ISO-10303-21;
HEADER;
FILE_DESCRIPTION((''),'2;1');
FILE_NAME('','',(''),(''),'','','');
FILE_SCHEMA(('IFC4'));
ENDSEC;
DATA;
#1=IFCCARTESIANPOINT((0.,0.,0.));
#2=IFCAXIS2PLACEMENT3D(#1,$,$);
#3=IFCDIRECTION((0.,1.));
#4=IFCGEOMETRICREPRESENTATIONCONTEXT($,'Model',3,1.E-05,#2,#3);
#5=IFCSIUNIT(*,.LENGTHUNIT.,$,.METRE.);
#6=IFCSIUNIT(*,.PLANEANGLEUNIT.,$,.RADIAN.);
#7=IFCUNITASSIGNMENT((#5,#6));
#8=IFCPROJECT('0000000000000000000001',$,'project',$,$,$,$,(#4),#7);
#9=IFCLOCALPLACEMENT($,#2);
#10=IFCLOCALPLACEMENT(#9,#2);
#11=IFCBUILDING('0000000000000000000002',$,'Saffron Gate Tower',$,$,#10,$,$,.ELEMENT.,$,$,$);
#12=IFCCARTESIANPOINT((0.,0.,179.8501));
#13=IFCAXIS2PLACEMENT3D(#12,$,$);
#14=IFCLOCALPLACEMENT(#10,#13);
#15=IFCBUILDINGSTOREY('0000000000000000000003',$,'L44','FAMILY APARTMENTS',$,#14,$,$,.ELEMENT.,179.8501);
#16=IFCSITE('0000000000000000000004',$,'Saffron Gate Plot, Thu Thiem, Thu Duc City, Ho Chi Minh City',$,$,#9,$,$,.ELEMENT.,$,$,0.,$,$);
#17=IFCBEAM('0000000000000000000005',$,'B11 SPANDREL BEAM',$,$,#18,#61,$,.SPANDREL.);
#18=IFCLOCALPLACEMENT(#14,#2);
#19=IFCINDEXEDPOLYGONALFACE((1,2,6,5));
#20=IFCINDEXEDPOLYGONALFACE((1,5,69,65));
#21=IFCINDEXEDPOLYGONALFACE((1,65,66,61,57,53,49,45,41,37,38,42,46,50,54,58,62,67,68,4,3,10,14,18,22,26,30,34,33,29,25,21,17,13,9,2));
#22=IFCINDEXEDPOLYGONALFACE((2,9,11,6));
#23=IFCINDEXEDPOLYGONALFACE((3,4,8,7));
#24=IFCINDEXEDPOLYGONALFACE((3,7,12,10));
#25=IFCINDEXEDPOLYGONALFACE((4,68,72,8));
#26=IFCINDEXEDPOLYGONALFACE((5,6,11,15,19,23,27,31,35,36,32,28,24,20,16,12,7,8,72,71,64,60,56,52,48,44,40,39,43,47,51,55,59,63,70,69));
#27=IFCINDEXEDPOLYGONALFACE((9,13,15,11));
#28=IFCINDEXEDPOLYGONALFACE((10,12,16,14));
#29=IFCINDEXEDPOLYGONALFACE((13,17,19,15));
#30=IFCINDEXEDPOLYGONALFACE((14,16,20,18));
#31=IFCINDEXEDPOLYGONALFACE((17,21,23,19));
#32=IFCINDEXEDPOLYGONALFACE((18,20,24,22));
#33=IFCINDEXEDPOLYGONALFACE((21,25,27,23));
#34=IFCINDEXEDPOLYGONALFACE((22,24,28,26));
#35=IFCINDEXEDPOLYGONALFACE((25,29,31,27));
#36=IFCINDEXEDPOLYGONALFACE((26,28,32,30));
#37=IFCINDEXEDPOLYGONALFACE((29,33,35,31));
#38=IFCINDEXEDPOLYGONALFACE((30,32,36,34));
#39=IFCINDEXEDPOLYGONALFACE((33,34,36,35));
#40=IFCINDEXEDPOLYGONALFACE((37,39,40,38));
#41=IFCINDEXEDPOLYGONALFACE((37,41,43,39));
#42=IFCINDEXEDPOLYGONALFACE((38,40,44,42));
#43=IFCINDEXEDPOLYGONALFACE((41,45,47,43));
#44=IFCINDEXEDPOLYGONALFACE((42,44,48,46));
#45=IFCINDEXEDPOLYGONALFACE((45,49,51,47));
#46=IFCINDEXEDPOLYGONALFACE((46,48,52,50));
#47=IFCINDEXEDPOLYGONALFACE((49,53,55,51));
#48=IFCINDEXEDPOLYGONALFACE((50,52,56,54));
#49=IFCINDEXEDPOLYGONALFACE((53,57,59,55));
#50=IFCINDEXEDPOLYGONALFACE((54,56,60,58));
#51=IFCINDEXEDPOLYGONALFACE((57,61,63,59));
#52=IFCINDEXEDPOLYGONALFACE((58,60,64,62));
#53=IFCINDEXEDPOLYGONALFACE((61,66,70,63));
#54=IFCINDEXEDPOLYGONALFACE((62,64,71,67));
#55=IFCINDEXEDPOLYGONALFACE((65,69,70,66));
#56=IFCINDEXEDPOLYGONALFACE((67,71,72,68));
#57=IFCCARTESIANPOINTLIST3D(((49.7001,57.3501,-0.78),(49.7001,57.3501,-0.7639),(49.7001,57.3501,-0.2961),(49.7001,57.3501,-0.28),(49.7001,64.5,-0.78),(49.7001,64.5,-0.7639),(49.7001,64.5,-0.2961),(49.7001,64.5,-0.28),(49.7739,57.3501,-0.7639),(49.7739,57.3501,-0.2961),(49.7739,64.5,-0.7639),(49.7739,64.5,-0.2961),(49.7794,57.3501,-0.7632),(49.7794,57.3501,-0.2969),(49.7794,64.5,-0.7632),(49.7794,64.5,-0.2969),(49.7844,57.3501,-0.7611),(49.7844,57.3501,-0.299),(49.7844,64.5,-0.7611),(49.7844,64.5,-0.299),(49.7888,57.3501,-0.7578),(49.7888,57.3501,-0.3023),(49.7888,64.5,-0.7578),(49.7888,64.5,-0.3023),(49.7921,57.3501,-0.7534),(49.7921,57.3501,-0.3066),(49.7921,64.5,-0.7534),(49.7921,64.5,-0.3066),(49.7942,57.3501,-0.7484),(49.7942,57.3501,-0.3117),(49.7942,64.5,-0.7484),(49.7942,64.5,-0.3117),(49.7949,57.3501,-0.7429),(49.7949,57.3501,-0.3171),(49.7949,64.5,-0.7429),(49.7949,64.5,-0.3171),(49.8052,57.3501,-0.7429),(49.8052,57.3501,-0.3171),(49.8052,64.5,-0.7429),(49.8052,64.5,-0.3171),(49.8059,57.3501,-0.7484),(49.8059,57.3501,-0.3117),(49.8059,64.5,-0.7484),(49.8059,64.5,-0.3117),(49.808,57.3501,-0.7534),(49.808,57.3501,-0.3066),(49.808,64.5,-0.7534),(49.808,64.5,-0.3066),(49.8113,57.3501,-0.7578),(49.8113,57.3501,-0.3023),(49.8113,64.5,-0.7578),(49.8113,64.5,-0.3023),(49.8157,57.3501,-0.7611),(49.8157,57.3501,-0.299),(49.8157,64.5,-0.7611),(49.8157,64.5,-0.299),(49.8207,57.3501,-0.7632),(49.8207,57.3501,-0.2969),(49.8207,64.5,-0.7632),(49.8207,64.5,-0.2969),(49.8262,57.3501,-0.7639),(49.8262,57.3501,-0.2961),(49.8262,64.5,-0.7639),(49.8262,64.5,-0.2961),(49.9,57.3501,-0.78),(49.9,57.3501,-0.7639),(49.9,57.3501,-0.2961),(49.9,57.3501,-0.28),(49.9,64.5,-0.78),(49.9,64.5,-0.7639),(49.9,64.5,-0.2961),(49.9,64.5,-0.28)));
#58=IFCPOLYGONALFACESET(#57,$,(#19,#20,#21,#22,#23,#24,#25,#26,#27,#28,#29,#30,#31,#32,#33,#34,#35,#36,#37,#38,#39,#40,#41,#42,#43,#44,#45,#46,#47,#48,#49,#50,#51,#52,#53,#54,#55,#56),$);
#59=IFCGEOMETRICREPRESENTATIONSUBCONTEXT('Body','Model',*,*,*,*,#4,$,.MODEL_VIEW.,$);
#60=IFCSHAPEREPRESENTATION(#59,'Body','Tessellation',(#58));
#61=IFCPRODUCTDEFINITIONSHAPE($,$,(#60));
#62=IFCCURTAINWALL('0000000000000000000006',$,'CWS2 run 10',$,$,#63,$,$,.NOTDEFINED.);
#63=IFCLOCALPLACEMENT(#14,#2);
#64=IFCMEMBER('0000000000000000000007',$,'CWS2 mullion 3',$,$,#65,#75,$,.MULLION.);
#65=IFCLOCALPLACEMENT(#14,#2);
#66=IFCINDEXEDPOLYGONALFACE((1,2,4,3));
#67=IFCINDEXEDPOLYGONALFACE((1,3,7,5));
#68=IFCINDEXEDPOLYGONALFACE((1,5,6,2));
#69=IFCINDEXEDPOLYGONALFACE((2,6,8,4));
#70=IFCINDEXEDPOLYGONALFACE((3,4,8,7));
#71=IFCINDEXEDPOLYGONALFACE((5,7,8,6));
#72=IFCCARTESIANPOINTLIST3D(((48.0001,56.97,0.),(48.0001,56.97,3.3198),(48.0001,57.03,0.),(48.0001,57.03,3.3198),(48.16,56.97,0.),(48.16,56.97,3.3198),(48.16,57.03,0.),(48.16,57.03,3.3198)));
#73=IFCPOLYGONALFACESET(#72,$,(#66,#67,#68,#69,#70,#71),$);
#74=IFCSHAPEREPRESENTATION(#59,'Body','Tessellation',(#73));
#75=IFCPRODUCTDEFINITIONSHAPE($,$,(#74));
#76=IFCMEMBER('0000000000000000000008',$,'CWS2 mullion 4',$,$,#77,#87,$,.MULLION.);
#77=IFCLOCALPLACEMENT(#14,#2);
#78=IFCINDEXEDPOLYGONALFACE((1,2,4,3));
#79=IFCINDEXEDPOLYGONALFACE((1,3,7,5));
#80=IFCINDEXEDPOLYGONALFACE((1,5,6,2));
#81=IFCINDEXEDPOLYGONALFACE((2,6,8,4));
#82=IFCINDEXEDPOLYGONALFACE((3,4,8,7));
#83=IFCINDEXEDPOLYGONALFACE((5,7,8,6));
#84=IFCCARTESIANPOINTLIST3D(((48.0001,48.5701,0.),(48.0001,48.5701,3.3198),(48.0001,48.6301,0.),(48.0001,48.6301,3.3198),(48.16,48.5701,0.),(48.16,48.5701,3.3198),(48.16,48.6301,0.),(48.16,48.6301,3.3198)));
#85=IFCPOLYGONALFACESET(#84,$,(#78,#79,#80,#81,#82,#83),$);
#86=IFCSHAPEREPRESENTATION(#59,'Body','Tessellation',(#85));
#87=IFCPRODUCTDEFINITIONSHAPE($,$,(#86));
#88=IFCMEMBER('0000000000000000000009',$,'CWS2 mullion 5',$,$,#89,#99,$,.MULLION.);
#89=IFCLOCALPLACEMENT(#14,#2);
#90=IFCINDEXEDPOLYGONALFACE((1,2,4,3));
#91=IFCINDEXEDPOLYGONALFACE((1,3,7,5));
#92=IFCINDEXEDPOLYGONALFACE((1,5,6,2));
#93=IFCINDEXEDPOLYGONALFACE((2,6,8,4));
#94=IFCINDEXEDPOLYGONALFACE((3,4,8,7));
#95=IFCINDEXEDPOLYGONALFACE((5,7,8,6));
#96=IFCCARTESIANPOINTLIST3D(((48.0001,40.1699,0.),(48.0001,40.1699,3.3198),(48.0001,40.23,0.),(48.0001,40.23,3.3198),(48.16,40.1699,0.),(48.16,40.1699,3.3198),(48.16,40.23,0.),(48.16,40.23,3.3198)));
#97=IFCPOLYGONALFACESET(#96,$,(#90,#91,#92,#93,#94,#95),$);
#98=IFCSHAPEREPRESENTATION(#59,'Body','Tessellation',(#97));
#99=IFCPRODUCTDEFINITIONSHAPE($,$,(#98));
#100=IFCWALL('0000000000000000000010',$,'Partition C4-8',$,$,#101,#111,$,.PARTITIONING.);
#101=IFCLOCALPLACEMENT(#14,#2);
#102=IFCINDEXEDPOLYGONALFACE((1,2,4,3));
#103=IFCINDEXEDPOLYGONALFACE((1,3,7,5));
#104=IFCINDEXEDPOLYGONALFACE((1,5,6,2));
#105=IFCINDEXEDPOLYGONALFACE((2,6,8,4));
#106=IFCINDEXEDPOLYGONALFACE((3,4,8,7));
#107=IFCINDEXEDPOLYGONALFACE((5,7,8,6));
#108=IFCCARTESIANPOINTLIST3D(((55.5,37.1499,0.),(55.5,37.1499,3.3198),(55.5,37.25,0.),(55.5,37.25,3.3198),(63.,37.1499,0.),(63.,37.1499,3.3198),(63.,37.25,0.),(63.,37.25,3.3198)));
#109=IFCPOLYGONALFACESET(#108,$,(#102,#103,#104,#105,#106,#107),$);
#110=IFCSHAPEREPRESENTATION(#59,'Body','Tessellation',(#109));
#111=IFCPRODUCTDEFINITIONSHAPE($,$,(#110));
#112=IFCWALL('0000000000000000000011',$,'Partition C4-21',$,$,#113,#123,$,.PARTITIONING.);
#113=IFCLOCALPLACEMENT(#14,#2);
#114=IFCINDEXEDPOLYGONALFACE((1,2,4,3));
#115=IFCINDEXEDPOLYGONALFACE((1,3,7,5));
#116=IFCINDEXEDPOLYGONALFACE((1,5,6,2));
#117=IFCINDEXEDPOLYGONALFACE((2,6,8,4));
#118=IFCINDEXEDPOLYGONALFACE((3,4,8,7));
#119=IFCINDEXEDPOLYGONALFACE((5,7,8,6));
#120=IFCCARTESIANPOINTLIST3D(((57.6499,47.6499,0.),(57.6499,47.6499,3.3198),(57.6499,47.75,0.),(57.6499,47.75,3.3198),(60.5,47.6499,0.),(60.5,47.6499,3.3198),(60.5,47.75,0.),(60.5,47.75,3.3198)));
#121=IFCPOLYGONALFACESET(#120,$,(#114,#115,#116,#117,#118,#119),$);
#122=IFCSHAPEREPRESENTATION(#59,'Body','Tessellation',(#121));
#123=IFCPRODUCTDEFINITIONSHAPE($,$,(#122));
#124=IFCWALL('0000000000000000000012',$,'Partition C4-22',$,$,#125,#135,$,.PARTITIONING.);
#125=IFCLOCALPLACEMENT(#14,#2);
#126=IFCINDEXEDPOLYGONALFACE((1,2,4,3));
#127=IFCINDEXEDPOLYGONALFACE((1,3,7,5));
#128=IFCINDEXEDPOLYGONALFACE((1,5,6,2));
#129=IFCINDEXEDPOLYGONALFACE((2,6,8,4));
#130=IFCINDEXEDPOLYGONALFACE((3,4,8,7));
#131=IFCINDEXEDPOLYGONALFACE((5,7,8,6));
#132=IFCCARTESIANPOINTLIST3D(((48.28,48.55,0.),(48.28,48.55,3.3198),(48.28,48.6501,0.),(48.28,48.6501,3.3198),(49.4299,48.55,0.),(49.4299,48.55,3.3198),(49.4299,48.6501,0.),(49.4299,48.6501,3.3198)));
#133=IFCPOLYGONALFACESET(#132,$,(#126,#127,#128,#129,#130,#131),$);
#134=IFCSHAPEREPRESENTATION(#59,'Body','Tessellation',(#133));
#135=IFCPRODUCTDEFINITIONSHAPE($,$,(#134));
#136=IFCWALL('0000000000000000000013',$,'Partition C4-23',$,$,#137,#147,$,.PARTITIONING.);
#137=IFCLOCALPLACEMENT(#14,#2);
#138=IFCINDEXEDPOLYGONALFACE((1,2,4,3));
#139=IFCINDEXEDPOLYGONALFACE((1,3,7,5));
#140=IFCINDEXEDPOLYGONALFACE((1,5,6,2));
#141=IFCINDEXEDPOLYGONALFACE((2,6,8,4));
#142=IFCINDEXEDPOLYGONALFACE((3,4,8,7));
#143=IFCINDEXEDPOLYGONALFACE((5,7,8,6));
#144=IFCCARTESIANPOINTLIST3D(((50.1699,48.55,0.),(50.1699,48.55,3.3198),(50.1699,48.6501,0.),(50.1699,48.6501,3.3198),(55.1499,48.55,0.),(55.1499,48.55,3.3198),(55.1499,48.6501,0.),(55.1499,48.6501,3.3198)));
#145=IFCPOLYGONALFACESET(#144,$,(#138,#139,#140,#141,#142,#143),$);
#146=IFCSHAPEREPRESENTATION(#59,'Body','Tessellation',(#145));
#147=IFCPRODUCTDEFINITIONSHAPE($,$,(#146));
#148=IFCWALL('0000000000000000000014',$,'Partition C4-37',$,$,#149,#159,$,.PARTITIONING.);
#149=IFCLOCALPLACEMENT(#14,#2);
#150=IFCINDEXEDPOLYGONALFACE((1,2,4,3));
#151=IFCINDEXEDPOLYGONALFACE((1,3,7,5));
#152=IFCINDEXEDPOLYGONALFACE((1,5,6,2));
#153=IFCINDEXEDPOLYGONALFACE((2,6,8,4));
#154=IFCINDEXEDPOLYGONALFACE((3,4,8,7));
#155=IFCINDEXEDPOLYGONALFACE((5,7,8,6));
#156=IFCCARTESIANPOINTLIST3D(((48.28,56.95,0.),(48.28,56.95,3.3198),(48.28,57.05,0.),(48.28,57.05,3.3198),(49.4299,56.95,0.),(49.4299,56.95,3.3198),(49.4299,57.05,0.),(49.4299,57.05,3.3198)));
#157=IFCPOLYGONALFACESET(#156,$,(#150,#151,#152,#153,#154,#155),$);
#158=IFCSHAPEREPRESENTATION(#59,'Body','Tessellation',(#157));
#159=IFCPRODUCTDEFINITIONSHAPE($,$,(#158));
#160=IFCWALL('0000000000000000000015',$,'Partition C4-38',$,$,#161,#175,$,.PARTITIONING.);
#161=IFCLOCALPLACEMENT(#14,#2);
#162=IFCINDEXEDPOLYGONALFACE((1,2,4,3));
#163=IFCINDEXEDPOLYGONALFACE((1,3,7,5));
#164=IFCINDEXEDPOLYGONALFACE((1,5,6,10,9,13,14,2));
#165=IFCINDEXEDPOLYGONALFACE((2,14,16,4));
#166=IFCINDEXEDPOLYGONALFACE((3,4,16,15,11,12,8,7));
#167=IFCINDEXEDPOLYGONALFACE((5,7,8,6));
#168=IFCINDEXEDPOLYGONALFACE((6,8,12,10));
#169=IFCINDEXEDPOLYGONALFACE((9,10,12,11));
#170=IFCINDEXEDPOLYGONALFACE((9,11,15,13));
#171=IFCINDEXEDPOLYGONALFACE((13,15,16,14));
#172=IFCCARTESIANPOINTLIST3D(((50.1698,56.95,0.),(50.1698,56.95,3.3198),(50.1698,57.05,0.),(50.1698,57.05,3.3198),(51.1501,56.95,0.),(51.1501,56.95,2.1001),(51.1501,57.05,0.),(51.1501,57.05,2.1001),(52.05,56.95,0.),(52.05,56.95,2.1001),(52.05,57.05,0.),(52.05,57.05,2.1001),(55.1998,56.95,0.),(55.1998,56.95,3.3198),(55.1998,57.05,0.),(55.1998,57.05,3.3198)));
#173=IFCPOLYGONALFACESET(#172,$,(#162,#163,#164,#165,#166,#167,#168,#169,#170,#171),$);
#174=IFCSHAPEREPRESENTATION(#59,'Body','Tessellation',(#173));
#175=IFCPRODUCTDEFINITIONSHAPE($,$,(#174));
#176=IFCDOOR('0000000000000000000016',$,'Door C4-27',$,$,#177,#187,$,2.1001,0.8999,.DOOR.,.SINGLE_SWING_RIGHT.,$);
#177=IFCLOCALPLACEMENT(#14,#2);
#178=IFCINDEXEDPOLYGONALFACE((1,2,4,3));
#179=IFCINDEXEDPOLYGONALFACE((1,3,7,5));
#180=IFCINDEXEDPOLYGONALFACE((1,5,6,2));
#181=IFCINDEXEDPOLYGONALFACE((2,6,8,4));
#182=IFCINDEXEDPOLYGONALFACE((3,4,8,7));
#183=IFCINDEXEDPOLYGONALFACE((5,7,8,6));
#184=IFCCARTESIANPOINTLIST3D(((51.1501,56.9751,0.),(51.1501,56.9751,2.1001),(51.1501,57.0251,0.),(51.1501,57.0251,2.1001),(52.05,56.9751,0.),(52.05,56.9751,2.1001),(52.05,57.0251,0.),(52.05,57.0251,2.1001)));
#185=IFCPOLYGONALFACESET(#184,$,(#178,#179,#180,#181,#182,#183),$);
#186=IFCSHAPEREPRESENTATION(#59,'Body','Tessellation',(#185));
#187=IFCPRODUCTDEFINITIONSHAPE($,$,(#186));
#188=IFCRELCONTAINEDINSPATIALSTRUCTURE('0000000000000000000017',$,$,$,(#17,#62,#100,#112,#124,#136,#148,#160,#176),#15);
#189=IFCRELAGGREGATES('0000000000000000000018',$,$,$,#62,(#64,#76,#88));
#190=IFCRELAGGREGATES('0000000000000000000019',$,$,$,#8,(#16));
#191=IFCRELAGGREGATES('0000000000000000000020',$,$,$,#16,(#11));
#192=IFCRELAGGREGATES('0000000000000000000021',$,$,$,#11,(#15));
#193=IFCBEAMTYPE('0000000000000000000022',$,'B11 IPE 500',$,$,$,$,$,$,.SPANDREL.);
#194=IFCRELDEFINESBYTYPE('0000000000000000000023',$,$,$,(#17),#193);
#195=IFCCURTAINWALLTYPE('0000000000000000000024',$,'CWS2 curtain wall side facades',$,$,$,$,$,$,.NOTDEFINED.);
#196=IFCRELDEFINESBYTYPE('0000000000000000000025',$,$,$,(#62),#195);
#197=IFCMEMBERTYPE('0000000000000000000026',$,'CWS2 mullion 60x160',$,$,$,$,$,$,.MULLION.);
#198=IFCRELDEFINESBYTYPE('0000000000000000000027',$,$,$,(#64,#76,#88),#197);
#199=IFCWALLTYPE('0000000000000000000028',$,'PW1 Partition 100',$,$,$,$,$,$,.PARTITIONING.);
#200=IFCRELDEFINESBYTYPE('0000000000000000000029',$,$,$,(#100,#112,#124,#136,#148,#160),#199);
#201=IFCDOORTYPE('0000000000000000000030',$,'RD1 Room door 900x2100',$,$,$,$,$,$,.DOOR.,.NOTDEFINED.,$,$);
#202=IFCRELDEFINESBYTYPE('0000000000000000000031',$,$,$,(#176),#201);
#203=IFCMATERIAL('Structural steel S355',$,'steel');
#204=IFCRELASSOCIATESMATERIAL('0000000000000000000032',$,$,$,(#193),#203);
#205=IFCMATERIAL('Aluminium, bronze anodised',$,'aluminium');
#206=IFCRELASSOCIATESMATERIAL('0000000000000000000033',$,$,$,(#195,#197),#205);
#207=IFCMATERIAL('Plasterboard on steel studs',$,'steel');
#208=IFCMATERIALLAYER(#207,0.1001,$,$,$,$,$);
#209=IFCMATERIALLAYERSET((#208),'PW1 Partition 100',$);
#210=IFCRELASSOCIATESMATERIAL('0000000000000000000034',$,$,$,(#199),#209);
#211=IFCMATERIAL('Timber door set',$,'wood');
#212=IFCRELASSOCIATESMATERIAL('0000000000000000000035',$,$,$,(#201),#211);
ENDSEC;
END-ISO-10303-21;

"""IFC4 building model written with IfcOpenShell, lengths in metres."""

from ifc_helpers import new_model, si_unit, direction, frame, frame_2d, origin, origin_2d, place, context, subcontext, project, spatial, rectangle, i_section, extrude, material, layer, layer_set, material_profile, profile_set, type_object, element, fill, aggregate, save


model = new_model("IFC4")

# Units and contexts
model_context = context("Model", 3, precision=1e-05, world=origin(), true_north=direction((0.0, 1.0)))
body_context = subcontext(model_context, "Body", "Model", "MODEL_VIEW")
ifc_project = project(units=[si_unit("LENGTHUNIT", "METRE"), si_unit("PLANEANGLEUNIT", "RADIAN")], contexts=[model_context])

# Site, building, storey
site_placement = place(None, origin())
site = spatial("IfcSite", under=ifc_project, at=site_placement, Name="Saffron Gate Plot, Thu Thiem, Thu Duc City, Ho Chi Minh City", CompositionType="ELEMENT", RefElevation=0.0)
building_placement = place(site_placement, origin())
building = spatial("IfcBuilding", under=site, at=building_placement, Name="Saffron Gate Tower", CompositionType="ELEMENT")
storey_placement = place(building_placement, frame((0.0, 0.0, 179.8501)))
storey = spatial("IfcBuildingStorey", under=building, at=storey_placement, Name="L44", Description="FAMILY APARTMENTS", CompositionType="ELEMENT", Elevation=179.8501)

# Beam
ifc_material_1 = material(Name="Structural steel S355", Category="steel")
ifc_material_profile_1 = material_profile(ifc_material_1, i_section(OverallWidth=0.2, OverallDepth=0.5, WebThickness=0.0103, FlangeThickness=0.0161, FilletRadius=0.021, at=origin_2d()))
ifc_profile_set_1 = profile_set([ifc_material_profile_1], Name="Structural steel S355")
beam_type = type_object("IfcBeamType", Name="B11 IPE 500", PredefinedType="SPANDREL", material=ifc_profile_set_1)
beam_1_placement = place(storey_placement, frame((49.8, 57.3501, -0.53), z_axis=(0.0, 1.0, 0.0), x_axis=(-1.0, 0.0, 0.0)))
element("IfcBeam", 1, at=beam_1_placement, inside=storey, type_object=beam_type, Name="B11 SPANDREL BEAM", PredefinedType="SPANDREL", context=body_context, shape_type="SweptSolid", body=[
    extrude(i_section(OverallWidth=0.2, OverallDepth=0.5, WebThickness=0.0103, FlangeThickness=0.0161, FilletRadius=0.021, at=origin_2d()), origin(), (0.0, 0.0, 1.0), 7.1499),
])

# Curtain wall, members
ifc_material_2 = material(Name="Aluminium, bronze anodised", Category="aluminium")
curtain_wall_type = type_object("IfcCurtainWallType", Name="CWS2 curtain wall side facades", PredefinedType="NOTDEFINED", material=ifc_material_2)
curtain_wall_placement = place(storey_placement, origin())
curtain_wall = element("IfcCurtainWall", 2, at=curtain_wall_placement, inside=storey, type_object=curtain_wall_type, Name="CWS2 run 10", PredefinedType="NOTDEFINED")
ifc_material_profile_2 = material_profile(ifc_material_2, rectangle(XDim=0.1599, YDim=0.0601, at=origin_2d()))
ifc_profile_set_2 = profile_set([ifc_material_profile_2], Name="Aluminium, bronze anodised")
member_type = type_object("IfcMemberType", Name="CWS2 mullion 60x160", PredefinedType="MULLION", material=ifc_profile_set_2)
member_1_placement = place(storey_placement, frame((48.0801, 57.0, 0.0), z_axis=(0.0, 0.0, 1.0), x_axis=(1.0, 0.0, 0.0)))
member_1 = element("IfcMember", 3, at=member_1_placement, type_object=member_type, Name="CWS2 mullion 3", PredefinedType="MULLION", context=body_context, shape_type="SweptSolid", body=[
    extrude(rectangle(XDim=0.1599, YDim=0.0601, at=origin_2d()), origin(), (0.0, 0.0, 1.0), 3.3198),
])
member_2_placement = place(storey_placement, frame((48.0801, 48.6001, 0.0), z_axis=(0.0, 0.0, 1.0), x_axis=(1.0, 0.0, 0.0)))
member_2 = element("IfcMember", 4, at=member_2_placement, type_object=member_type, Name="CWS2 mullion 4", PredefinedType="MULLION", context=body_context, shape_type="SweptSolid", body=[
    extrude(rectangle(XDim=0.1599, YDim=0.0601, at=origin_2d()), origin(), (0.0, 0.0, 1.0), 3.3198),
])
member_3_placement = place(storey_placement, frame((48.0801, 40.2, 0.0), z_axis=(0.0, 0.0, 1.0), x_axis=(1.0, 0.0, 0.0)))
member_3 = element("IfcMember", 5, at=member_3_placement, type_object=member_type, Name="CWS2 mullion 5", PredefinedType="MULLION", context=body_context, shape_type="SweptSolid", body=[
    extrude(rectangle(XDim=0.1599, YDim=0.0601, at=origin_2d()), origin(), (0.0, 0.0, 1.0), 3.3198),
])
aggregate(curtain_wall, [member_1, member_2, member_3])

# Walls
ifc_material_3 = material(Name="Plasterboard on steel studs", Category="steel")
ifc_layer_1 = layer(ifc_material_3, 0.1001)
ifc_layer_set_1 = layer_set([ifc_layer_1], Name="PW1 Partition 100")
wall_type_1 = type_object("IfcWallType", Name="PW1 Partition 100", PredefinedType="PARTITIONING", material=ifc_layer_set_1)
wall_1_placement = place(storey_placement, frame((55.5, 37.2, 0.0), z_axis=(0.0, 0.0, 1.0), x_axis=(1.0, 0.0, 0.0)))
element("IfcWall", 6, at=wall_1_placement, inside=storey, type_object=wall_type_1, Name="Partition C4-8", PredefinedType="PARTITIONING", context=body_context, shape_type="SweptSolid", body=[
    extrude(rectangle(XDim=7.5, YDim=0.1001, at=frame_2d((3.75, 0.0))), origin(), (0.0, 0.0, 1.0), 3.3198),
])
wall_2_placement = place(storey_placement, frame((57.6499, 47.7, 0.0), z_axis=(0.0, 0.0, 1.0), x_axis=(1.0, 0.0, 0.0)))
element("IfcWall", 7, at=wall_2_placement, inside=storey, type_object=wall_type_1, Name="Partition C4-21", PredefinedType="PARTITIONING", context=body_context, shape_type="SweptSolid", body=[
    extrude(rectangle(XDim=2.8501, YDim=0.1001, at=frame_2d((1.425, 0.0))), origin(), (0.0, 0.0, 1.0), 3.3198),
])
wall_3_placement = place(storey_placement, frame((48.28, 48.6001, 0.0), z_axis=(0.0, 0.0, 1.0), x_axis=(1.0, 0.0, 0.0)))
element("IfcWall", 8, at=wall_3_placement, inside=storey, type_object=wall_type_1, Name="Partition C4-22", PredefinedType="PARTITIONING", context=body_context, shape_type="SweptSolid", body=[
    extrude(rectangle(XDim=1.1499, YDim=0.1001, at=frame_2d((0.575, 0.0))), origin(), (0.0, 0.0, 1.0), 3.3198),
])
wall_4_placement = place(storey_placement, frame((50.1699, 48.6001, 0.0), z_axis=(0.0, 0.0, 1.0), x_axis=(1.0, 0.0, 0.0)))
element("IfcWall", 9, at=wall_4_placement, inside=storey, type_object=wall_type_1, Name="Partition C4-23", PredefinedType="PARTITIONING", context=body_context, shape_type="SweptSolid", body=[
    extrude(rectangle(XDim=4.98, YDim=0.1001, at=frame_2d((2.49, 0.0))), origin(), (0.0, 0.0, 1.0), 3.3198),
])
wall_5_placement = place(storey_placement, frame((48.28, 57.0, 0.0), z_axis=(0.0, 0.0, 1.0), x_axis=(1.0, 0.0, 0.0)))
element("IfcWall", 10, at=wall_5_placement, inside=storey, type_object=wall_type_1, Name="Partition C4-37", PredefinedType="PARTITIONING", context=body_context, shape_type="SweptSolid", body=[
    extrude(rectangle(XDim=1.1499, YDim=0.1001, at=frame_2d((0.575, 0.0))), origin(), (0.0, 0.0, 1.0), 3.3198),
])

# Wall, opening, door
wall_6_placement = place(storey_placement, frame((55.2, 57.0, 0.0), z_axis=(0.0, 0.0, 1.0), x_axis=(-1.0, 0.0, 0.0)))
wall_6 = element("IfcWall", 11, at=wall_6_placement, inside=storey, type_object=wall_type_1, Name="Partition C4-38", PredefinedType="PARTITIONING", context=body_context, shape_type="SweptSolid", body=[
    extrude(rectangle(XDim=5.03, YDim=0.1001, at=frame_2d((2.5151, 0.0))), origin(), (0.0, 0.0, 1.0), 3.3198),
])
opening_1_placement = place(wall_6_placement, frame((3.1499, 0.0, 0.0)))
opening_1 = element("IfcOpeningElement", 12, at=opening_1_placement, cuts=wall_6, PredefinedType="OPENING", context=body_context, shape_type="SweptSolid", body=[
    extrude(rectangle(XDim=0.8999, YDim=2.1001, at=frame_2d((0.45, 1.05))), frame((0.0, 0.0601, 0.0), z_axis=(0.0, -1.0, 0.0), x_axis=(1.0, 0.0, 0.0)), (0.0, 0.0, 1.0), 0.1201),
])
ifc_material_4 = material(Name="Timber door set", Category="wood")
door_type_1 = type_object("IfcDoorType", Name="RD1 Room door 900x2100", OperationType="NOTDEFINED", PredefinedType="DOOR", material=ifc_material_4)
door_1_placement = place(opening_1_placement, origin())
door_1 = element("IfcDoor", 13, at=door_1_placement, inside=storey, type_object=door_type_1, Name="Door C4-27", OperationType="SINGLE_SWING_RIGHT", OverallHeight=2.1001, OverallWidth=0.8999, PredefinedType="DOOR", context=body_context, shape_type="SweptSolid", body=[
    extrude(rectangle(XDim=0.8999, YDim=2.1001, at=frame_2d((0.45, 1.05))), frame((0.0, 0.0249, 0.0), z_axis=(0.0, -1.0, 0.0), x_axis=(1.0, 0.0, 0.0)), (0.0, 0.0, 1.0), 0.05),
])
fill(opening_1, door_1)

save(model, "model.ifc")
